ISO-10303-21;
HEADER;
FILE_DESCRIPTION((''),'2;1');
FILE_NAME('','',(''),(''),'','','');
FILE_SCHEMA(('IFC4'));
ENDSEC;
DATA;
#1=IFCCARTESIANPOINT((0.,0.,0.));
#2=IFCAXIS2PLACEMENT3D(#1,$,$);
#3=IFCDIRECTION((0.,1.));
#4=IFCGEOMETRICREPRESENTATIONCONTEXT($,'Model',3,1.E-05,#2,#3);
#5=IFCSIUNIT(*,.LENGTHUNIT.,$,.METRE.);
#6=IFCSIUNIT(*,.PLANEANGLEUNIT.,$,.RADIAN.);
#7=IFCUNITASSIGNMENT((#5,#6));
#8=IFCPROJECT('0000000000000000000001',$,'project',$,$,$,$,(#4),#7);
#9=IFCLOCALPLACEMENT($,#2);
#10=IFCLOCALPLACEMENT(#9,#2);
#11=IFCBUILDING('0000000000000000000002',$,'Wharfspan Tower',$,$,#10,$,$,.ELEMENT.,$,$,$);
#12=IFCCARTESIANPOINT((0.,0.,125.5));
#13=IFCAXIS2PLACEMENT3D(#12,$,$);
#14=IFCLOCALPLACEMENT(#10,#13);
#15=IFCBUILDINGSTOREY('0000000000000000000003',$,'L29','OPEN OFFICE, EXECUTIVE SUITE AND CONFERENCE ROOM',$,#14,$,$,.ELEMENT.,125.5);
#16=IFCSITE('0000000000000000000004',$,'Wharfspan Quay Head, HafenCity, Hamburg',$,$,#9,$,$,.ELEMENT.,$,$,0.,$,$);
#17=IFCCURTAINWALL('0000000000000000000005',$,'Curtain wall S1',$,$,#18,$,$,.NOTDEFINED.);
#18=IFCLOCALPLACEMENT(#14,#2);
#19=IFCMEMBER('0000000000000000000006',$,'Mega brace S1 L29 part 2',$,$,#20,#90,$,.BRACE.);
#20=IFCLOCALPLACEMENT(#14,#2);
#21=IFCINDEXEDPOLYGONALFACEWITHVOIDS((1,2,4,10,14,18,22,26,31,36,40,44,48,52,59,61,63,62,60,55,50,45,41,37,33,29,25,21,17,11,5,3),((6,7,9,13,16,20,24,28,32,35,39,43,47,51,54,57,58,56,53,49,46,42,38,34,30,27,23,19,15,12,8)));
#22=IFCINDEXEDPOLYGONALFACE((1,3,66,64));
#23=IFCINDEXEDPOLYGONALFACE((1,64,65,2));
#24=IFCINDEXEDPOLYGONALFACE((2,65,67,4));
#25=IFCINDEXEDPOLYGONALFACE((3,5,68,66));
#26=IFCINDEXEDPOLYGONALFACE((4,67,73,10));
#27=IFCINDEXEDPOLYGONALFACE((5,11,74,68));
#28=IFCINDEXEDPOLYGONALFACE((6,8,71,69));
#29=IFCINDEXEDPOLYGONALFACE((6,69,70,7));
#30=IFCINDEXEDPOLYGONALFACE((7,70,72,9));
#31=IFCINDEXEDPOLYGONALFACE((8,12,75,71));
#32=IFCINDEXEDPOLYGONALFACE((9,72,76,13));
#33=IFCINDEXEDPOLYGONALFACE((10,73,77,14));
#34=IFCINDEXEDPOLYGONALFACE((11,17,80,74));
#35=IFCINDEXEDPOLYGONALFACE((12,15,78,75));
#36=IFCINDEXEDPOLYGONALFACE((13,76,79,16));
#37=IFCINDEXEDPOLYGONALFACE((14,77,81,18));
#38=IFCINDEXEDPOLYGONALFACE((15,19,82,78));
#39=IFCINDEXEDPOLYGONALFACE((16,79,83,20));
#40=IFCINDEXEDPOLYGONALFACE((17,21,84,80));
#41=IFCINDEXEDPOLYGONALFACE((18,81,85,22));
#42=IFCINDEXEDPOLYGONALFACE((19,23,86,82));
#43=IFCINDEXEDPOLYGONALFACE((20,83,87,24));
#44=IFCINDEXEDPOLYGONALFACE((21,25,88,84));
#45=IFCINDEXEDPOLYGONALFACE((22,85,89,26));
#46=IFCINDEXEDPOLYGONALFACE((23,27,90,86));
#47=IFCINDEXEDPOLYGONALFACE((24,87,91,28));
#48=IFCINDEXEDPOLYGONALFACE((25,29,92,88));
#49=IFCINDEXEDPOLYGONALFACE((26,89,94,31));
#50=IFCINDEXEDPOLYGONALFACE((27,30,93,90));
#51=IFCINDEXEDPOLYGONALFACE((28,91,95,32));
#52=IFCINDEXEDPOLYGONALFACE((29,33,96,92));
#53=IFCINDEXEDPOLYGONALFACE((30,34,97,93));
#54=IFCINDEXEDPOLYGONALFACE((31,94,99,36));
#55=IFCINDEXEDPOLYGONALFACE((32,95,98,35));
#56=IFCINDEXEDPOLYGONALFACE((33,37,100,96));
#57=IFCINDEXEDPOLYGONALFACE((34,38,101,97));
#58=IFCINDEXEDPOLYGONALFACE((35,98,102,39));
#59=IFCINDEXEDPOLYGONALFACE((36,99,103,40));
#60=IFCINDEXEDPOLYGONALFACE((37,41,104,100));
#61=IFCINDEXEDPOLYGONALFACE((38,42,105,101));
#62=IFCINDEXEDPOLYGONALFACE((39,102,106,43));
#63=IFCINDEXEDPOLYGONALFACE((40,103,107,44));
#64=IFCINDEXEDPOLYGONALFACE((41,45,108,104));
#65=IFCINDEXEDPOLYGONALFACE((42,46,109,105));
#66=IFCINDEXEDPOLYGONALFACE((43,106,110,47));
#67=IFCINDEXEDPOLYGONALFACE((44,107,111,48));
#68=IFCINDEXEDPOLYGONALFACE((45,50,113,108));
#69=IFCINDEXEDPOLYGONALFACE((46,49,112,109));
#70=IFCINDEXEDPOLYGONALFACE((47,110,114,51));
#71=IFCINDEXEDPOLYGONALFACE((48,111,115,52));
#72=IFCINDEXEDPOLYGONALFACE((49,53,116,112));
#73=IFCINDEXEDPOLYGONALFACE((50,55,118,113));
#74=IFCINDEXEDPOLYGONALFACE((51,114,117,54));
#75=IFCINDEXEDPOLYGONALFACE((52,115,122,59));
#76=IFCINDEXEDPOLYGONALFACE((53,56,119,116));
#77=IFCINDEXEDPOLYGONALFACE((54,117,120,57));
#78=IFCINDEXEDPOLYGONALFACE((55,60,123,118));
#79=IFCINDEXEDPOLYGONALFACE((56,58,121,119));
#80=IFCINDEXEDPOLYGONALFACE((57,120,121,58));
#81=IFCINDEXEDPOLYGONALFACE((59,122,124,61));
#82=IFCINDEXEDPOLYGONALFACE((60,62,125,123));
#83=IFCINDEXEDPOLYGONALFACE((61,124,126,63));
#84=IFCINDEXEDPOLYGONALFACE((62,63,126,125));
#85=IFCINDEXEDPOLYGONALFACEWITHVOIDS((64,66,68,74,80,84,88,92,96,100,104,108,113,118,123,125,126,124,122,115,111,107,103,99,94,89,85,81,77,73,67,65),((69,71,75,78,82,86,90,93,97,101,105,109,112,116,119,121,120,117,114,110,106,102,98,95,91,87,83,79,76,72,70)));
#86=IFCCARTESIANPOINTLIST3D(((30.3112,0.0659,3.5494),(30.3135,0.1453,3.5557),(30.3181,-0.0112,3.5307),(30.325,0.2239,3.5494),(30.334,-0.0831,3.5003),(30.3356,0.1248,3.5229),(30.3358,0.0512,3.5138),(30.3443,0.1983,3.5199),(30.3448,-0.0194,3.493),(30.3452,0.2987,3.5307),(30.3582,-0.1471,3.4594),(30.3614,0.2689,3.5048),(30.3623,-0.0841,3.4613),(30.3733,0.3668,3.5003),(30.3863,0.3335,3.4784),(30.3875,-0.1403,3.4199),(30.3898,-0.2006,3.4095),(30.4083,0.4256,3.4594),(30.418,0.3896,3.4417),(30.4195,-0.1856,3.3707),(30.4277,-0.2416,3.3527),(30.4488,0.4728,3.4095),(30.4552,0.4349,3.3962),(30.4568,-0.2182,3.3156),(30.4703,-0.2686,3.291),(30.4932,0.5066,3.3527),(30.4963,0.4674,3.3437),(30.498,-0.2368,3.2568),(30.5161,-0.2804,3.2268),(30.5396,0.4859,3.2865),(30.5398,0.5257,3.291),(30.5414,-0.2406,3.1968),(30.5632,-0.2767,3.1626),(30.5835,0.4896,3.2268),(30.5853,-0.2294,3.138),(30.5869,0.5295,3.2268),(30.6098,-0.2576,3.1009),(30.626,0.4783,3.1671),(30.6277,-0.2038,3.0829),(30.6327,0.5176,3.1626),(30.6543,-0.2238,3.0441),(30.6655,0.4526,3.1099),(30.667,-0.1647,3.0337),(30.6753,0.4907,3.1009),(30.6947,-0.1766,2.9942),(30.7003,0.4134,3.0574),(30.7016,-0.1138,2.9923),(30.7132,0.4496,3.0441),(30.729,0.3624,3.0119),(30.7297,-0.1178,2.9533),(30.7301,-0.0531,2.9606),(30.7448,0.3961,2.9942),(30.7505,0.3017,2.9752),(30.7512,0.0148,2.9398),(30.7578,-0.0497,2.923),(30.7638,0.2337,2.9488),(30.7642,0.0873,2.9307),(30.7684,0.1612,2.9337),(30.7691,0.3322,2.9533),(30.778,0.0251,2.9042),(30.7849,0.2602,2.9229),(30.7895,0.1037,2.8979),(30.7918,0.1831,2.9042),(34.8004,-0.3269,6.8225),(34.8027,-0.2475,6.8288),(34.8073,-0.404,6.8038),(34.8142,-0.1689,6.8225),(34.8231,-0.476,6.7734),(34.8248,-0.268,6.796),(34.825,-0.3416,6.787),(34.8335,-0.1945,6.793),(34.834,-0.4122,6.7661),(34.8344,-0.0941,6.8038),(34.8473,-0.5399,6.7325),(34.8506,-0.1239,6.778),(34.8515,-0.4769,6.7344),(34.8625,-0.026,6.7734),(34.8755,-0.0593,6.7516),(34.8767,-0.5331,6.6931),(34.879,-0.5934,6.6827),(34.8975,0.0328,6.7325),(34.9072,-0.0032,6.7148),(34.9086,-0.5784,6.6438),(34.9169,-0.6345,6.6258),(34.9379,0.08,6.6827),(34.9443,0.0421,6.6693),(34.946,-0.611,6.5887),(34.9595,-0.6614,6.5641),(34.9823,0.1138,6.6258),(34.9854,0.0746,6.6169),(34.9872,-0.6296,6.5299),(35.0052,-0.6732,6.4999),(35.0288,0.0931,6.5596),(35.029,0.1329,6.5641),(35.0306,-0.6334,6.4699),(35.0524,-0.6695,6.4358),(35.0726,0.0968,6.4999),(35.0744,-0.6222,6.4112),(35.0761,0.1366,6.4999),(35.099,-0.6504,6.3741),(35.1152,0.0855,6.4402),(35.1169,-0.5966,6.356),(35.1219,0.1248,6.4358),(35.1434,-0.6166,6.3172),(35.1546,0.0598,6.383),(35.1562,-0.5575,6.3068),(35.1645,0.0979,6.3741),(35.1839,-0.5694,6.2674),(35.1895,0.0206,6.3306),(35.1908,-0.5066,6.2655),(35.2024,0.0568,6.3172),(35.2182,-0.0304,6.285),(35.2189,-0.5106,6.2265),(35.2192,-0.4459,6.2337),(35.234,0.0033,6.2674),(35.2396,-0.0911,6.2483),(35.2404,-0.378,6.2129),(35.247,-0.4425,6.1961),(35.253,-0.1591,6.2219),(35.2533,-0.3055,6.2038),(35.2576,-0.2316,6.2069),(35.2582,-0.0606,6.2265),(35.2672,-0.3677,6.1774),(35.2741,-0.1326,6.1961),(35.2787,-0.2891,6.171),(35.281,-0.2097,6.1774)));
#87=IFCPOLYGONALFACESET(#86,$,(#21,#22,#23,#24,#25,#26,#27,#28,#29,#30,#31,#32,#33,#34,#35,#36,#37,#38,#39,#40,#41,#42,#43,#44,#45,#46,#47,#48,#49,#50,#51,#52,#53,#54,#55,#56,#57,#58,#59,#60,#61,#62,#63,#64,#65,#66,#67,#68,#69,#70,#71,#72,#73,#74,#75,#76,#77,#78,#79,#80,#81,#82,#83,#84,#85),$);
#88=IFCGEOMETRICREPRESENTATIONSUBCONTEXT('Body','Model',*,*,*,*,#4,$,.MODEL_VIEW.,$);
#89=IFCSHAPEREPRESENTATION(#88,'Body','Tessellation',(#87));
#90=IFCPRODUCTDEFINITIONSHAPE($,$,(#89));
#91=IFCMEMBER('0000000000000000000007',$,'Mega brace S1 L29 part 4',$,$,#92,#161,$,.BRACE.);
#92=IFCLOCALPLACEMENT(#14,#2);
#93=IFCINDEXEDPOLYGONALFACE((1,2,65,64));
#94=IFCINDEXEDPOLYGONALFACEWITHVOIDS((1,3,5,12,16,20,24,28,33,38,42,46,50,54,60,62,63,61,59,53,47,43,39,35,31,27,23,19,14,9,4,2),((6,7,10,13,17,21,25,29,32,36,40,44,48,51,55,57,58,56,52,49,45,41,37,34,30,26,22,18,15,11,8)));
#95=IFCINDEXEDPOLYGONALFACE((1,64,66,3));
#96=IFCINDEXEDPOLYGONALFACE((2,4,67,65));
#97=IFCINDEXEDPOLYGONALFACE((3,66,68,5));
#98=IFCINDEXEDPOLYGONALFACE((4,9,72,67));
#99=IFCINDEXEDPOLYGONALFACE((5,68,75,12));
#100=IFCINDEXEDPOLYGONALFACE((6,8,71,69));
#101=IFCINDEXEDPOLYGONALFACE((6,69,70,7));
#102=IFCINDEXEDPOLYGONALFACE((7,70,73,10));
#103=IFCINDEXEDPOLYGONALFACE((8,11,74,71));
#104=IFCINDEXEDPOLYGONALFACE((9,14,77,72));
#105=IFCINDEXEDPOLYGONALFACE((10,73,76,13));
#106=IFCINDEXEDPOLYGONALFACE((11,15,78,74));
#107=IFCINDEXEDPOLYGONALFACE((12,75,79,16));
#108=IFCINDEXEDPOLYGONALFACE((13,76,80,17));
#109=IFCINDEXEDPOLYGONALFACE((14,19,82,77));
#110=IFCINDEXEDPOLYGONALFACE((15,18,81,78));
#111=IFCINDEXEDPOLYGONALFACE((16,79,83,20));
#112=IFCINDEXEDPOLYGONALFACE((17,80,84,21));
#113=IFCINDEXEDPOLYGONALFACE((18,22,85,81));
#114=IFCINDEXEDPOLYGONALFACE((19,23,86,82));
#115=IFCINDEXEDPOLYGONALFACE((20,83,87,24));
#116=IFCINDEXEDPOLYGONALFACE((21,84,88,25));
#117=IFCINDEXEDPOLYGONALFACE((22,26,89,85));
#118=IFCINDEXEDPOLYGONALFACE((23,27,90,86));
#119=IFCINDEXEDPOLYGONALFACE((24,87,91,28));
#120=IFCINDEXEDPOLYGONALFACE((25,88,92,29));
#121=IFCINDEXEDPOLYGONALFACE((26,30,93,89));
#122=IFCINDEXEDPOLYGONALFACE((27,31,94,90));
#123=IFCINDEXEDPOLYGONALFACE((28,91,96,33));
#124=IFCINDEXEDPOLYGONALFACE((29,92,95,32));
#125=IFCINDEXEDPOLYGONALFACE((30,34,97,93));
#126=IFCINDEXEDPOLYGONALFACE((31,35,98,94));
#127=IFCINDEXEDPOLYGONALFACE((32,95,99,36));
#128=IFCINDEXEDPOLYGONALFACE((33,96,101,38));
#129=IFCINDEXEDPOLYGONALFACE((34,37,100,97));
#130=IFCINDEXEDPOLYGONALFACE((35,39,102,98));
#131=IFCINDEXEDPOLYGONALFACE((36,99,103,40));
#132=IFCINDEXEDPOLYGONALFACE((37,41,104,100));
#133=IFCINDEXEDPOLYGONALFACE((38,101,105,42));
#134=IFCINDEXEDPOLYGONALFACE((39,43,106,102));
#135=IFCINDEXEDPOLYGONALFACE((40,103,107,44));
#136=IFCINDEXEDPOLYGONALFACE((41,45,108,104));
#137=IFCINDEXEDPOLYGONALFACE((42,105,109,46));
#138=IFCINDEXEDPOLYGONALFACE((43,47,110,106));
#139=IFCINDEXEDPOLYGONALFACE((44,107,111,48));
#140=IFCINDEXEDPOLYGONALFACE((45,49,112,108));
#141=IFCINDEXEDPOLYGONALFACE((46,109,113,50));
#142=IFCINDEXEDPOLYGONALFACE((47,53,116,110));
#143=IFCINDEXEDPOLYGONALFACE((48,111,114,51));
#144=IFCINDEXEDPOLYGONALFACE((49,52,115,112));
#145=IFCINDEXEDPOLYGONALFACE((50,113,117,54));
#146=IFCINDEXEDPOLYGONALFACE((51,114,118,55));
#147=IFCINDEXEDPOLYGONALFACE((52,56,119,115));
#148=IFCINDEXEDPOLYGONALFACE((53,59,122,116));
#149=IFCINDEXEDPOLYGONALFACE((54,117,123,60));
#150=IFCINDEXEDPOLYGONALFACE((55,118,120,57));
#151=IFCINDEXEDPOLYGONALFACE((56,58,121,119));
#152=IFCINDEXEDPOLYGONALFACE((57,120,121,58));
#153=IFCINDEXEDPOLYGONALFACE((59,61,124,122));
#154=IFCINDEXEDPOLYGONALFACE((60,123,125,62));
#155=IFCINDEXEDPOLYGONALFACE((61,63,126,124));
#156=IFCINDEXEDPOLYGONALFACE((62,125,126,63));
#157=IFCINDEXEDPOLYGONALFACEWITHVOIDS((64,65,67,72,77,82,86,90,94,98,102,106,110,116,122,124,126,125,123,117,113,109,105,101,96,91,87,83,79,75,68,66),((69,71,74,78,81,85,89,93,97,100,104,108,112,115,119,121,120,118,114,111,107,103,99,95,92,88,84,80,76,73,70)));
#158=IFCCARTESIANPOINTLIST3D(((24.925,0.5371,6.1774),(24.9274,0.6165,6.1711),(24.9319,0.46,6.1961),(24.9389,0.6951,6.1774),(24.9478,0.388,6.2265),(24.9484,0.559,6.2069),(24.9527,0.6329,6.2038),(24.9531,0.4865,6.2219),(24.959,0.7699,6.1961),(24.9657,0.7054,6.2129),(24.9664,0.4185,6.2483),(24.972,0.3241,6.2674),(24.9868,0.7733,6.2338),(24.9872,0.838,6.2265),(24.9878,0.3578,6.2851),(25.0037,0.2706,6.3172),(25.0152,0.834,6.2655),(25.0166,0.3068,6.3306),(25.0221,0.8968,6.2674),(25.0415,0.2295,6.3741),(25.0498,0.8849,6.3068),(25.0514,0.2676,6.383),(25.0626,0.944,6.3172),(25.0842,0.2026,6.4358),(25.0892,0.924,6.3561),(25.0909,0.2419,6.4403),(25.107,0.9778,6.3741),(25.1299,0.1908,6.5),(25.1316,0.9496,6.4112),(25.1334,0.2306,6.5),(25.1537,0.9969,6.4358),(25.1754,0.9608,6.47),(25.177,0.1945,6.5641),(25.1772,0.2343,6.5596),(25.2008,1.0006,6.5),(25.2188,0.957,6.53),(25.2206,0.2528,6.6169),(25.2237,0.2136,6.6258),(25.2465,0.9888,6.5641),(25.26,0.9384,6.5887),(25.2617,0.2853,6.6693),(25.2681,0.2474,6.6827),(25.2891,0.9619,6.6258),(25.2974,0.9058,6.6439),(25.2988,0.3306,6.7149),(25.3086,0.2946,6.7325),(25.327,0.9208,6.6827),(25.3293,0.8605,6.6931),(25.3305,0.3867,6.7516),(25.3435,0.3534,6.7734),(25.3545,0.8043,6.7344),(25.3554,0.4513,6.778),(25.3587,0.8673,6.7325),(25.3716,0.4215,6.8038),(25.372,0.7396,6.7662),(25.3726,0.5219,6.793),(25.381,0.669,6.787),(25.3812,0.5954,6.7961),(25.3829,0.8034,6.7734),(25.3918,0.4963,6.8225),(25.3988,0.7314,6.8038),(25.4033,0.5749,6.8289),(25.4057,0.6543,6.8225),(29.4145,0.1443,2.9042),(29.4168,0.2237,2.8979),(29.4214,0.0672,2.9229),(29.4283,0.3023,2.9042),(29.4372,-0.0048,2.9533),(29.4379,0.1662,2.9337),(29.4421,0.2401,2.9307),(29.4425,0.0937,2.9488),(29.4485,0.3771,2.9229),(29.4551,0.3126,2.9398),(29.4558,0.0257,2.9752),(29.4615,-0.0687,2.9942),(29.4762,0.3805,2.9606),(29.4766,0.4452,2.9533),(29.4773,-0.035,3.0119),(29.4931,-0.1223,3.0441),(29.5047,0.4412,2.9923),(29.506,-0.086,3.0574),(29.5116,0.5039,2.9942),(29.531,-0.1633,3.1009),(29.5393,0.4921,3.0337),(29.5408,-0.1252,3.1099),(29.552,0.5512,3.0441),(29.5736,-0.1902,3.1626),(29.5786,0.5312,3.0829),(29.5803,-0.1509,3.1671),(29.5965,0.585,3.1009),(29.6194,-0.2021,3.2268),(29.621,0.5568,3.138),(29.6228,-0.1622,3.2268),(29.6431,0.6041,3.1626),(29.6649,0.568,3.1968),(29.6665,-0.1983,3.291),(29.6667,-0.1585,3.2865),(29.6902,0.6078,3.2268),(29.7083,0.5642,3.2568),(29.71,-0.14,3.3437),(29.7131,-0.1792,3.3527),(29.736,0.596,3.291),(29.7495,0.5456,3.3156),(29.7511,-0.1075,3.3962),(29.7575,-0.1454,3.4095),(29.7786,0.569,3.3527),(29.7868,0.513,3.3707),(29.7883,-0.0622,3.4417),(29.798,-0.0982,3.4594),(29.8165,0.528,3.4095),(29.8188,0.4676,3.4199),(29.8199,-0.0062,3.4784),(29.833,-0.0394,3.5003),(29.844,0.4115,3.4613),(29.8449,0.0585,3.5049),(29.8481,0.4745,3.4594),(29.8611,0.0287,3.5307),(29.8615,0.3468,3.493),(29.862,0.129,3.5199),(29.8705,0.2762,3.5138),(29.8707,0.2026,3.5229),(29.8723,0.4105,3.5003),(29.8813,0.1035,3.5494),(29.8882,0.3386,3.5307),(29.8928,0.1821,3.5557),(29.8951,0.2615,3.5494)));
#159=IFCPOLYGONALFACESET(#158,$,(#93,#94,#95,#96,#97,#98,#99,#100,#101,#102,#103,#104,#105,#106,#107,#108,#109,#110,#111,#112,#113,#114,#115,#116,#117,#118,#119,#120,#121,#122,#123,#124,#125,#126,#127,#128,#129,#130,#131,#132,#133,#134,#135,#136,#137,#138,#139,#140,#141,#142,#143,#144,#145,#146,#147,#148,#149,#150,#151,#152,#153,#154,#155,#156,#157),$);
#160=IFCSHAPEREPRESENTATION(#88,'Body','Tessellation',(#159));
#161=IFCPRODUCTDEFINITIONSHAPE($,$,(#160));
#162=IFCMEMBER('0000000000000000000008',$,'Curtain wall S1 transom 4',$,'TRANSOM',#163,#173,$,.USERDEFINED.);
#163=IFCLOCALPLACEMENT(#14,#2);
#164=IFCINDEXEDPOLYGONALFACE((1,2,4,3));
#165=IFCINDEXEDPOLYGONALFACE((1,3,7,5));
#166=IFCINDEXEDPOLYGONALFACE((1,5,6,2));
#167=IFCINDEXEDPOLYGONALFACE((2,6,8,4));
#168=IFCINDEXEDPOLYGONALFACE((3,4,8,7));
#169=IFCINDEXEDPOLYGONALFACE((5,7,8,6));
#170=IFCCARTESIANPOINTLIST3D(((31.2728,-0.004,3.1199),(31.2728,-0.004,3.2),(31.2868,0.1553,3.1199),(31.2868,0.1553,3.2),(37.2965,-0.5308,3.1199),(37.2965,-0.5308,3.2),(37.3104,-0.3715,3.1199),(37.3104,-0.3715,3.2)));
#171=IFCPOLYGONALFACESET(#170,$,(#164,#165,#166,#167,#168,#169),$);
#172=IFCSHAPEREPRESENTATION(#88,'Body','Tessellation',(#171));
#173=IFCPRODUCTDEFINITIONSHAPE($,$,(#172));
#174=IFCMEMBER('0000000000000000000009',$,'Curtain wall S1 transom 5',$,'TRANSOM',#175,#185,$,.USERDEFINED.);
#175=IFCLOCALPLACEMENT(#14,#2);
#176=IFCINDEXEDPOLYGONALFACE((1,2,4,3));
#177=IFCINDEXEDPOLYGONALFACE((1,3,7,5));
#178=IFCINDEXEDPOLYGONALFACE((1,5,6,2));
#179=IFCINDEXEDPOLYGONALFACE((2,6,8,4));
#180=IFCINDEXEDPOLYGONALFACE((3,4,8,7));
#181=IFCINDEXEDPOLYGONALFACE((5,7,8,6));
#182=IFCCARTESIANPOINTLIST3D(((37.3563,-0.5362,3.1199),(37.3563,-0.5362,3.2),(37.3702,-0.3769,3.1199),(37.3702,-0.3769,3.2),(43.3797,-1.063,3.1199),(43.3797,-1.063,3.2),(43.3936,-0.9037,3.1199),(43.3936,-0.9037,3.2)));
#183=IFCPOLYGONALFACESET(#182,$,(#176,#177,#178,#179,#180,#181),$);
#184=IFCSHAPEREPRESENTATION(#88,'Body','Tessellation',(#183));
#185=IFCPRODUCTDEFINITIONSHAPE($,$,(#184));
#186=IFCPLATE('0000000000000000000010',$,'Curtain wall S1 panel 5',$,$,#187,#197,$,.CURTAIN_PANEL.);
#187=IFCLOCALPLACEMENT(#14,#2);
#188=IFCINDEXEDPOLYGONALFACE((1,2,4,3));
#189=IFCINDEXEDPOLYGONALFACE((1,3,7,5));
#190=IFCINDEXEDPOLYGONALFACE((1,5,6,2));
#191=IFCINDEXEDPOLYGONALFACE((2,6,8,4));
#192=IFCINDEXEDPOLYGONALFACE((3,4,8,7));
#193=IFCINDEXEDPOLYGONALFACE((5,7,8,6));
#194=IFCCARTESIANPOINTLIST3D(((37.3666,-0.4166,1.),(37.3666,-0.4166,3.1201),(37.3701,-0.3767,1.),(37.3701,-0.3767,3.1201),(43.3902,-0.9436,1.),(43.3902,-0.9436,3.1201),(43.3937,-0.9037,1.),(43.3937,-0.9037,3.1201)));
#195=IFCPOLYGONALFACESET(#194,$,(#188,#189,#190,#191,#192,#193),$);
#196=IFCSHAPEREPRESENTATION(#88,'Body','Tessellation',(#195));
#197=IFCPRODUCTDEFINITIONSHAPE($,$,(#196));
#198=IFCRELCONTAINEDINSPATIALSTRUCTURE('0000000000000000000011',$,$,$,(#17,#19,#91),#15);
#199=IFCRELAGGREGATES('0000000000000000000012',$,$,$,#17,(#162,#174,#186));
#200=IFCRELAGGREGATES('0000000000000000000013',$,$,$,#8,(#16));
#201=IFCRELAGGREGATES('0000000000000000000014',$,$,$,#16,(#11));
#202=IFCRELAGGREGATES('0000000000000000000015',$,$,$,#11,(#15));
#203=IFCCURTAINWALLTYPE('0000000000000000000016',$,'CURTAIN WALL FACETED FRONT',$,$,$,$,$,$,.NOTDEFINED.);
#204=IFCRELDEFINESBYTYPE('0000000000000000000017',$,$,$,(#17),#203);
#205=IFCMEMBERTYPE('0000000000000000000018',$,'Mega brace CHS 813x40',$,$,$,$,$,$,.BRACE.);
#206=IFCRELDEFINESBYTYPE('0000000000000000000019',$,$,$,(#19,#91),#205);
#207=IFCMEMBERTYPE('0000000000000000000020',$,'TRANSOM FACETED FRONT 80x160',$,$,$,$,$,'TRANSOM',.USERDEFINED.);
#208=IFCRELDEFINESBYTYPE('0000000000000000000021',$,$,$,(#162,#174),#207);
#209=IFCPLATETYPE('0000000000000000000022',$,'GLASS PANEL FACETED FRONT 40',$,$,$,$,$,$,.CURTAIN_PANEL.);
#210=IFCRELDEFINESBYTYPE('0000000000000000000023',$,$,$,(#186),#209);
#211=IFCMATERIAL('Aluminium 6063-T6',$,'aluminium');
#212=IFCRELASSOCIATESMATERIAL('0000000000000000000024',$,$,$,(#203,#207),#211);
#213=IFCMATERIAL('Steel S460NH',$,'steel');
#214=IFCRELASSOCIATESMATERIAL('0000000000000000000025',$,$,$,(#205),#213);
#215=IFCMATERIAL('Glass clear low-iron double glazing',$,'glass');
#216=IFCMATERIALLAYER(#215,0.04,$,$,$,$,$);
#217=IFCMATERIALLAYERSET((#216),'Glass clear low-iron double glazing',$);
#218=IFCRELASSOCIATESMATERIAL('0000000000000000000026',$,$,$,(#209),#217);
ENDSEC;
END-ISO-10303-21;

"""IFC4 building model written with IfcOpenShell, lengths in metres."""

from ifc_helpers import new_model, si_unit, direction, frame, origin, origin_2d, place, context, subcontext, project, spatial, rectangle, hollow_circle, extrude, material, layer, layer_set, material_profile, profile_set, type_object, element, aggregate, save


model = new_model("IFC4")

# Units and contexts
model_context = context("Model", 3, precision=1e-05, world=origin(), true_north=direction((0.0, 1.0)))
body_context = subcontext(model_context, "Body", "Model", "MODEL_VIEW")
ifc_project = project(units=[si_unit("LENGTHUNIT", "METRE"), si_unit("PLANEANGLEUNIT", "RADIAN")], contexts=[model_context])

# Site, building, storey
site_placement = place(None, origin())
site = spatial("IfcSite", under=ifc_project, at=site_placement, Name="Wharfspan Quay Head, HafenCity, Hamburg", CompositionType="ELEMENT", RefElevation=0.0)
building_placement = place(site_placement, origin())
building = spatial("IfcBuilding", under=site, at=building_placement, Name="Wharfspan Tower", CompositionType="ELEMENT")
storey_placement = place(building_placement, frame((0.0, 0.0, 125.5)))
storey = spatial("IfcBuildingStorey", under=building, at=storey_placement, Name="L29", Description="OPEN OFFICE, EXECUTIVE SUITE AND CONFERENCE ROOM", CompositionType="ELEMENT", Elevation=125.5)

# Curtain wall
ifc_material_1 = material(Name="Aluminium 6063-T6", Category="aluminium")
curtain_wall_type = type_object("IfcCurtainWallType", Name="CURTAIN WALL FACETED FRONT", PredefinedType="NOTDEFINED", material=ifc_material_1)
curtain_wall_placement = place(storey_placement, origin())
curtain_wall = element("IfcCurtainWall", 1, at=curtain_wall_placement, inside=storey, type_object=curtain_wall_type, Name="Curtain wall S1", PredefinedType="NOTDEFINED")

# Members
ifc_material_2 = material(Name="Steel S460NH", Category="steel")
ifc_material_profile_1 = material_profile(ifc_material_2, hollow_circle(Radius=0.4065, WallThickness=0.04, at=origin_2d()))
ifc_profile_set_1 = profile_set([ifc_material_profile_1], Name="Steel S460NH")
member_type_1 = type_object("IfcMemberType", Name="Mega brace CHS 813x40", PredefinedType="BRACE", material=ifc_profile_set_1)
member_1_placement = place(storey_placement, frame((30.5515, 0.1245, 3.2268), z_axis=(0.806015, -0.070528, 0.587679), x_axis=(0.087171, 0.996191, -0.000003)))
element("IfcMember", 2, at=member_1_placement, inside=storey, type_object=member_type_1, Name="Mega brace S1 L29 part 2", PredefinedType="BRACE", context=body_context, shape_type="SweptSolid", body=[
    extrude(hollow_circle(Radius=0.4065, WallThickness=0.04, at=origin_2d()), origin(), (0.0, 0.0, 1.0), 5.5696),
])
member_2_placement = place(storey_placement, frame((29.6548, 0.2029, 3.2268), z_axis=(-0.80603, 0.070526, 0.587658), x_axis=(-0.087167, -0.996192, -0.000003)))
element("IfcMember", 3, at=member_2_placement, inside=storey, type_object=member_type_1, Name="Mega brace S1 L29 part 4", PredefinedType="BRACE", context=body_context, shape_type="SweptSolid", body=[
    extrude(hollow_circle(Radius=0.4065, WallThickness=0.04, at=origin_2d()), origin(), (0.0, 0.0, 1.0), 5.5698),
])

# Members
ifc_material_profile_2 = material_profile(ifc_material_1, rectangle(XDim=0.1599, YDim=0.0801, at=origin_2d()))
ifc_profile_set_2 = profile_set([ifc_material_profile_2], Name="Aluminium 6063-T6")
member_type_2 = type_object("IfcMemberType", Name="TRANSOM FACETED FRONT 80x160", ElementType="TRANSOM", PredefinedType="USERDEFINED", material=ifc_profile_set_2)
member_3_placement = place(storey_placement, frame((31.2798, 0.0757, 3.1599), z_axis=(0.996197, -0.087131, 0.0), x_axis=(0.087131, 0.996197, 0.0)))
member_3 = element("IfcMember", 4, at=member_3_placement, type_object=member_type_2, Name="Curtain wall S1 transom 4", ObjectType="TRANSOM", PredefinedType="USERDEFINED", context=body_context, shape_type="SweptSolid", body=[
    extrude(rectangle(XDim=0.1599, YDim=0.0801, at=origin_2d()), origin(), (0.0, 0.0, 1.0), 6.0466),
])
member_4_placement = place(storey_placement, frame((37.3633, -0.4565, 3.1599), z_axis=(0.996197, -0.087135, 0.0), x_axis=(0.087135, 0.996197, 0.0)))
member_4 = element("IfcMember", 5, at=member_4_placement, type_object=member_type_2, Name="Curtain wall S1 transom 5", ObjectType="TRANSOM", PredefinedType="USERDEFINED", context=body_context, shape_type="SweptSolid", body=[
    extrude(rectangle(XDim=0.1599, YDim=0.0801, at=origin_2d()), origin(), (0.0, 0.0, 1.0), 6.0464),
])

# Plate
ifc_material_3 = material(Name="Glass clear low-iron double glazing", Category="glass")
ifc_layer_1 = layer(ifc_material_3, 0.04)
ifc_layer_set_1 = layer_set([ifc_layer_1], Name="Glass clear low-iron double glazing")
plate_type_1 = type_object("IfcPlateType", Name="GLASS PANEL FACETED FRONT 40", PredefinedType="CURTAIN_PANEL", material=ifc_layer_set_1)
plate_1_placement = place(storey_placement, frame((40.3801, -0.6602, 1.0), z_axis=(0.0, 0.0, 1.0), x_axis=(0.996198, -0.087156, 0.0)))
plate_1 = element("IfcPlate", 6, at=plate_1_placement, type_object=plate_type_1, Name="Curtain wall S1 panel 5", PredefinedType="CURTAIN_PANEL", context=body_context, shape_type="SweptSolid", body=[
    extrude(rectangle(XDim=6.0466, YDim=0.04, at=origin_2d()), origin(), (0.0, 0.0, 1.0), 2.1201),
])
aggregate(curtain_wall, [member_3, member_4, plate_1])

save(model, "model.ifc")
